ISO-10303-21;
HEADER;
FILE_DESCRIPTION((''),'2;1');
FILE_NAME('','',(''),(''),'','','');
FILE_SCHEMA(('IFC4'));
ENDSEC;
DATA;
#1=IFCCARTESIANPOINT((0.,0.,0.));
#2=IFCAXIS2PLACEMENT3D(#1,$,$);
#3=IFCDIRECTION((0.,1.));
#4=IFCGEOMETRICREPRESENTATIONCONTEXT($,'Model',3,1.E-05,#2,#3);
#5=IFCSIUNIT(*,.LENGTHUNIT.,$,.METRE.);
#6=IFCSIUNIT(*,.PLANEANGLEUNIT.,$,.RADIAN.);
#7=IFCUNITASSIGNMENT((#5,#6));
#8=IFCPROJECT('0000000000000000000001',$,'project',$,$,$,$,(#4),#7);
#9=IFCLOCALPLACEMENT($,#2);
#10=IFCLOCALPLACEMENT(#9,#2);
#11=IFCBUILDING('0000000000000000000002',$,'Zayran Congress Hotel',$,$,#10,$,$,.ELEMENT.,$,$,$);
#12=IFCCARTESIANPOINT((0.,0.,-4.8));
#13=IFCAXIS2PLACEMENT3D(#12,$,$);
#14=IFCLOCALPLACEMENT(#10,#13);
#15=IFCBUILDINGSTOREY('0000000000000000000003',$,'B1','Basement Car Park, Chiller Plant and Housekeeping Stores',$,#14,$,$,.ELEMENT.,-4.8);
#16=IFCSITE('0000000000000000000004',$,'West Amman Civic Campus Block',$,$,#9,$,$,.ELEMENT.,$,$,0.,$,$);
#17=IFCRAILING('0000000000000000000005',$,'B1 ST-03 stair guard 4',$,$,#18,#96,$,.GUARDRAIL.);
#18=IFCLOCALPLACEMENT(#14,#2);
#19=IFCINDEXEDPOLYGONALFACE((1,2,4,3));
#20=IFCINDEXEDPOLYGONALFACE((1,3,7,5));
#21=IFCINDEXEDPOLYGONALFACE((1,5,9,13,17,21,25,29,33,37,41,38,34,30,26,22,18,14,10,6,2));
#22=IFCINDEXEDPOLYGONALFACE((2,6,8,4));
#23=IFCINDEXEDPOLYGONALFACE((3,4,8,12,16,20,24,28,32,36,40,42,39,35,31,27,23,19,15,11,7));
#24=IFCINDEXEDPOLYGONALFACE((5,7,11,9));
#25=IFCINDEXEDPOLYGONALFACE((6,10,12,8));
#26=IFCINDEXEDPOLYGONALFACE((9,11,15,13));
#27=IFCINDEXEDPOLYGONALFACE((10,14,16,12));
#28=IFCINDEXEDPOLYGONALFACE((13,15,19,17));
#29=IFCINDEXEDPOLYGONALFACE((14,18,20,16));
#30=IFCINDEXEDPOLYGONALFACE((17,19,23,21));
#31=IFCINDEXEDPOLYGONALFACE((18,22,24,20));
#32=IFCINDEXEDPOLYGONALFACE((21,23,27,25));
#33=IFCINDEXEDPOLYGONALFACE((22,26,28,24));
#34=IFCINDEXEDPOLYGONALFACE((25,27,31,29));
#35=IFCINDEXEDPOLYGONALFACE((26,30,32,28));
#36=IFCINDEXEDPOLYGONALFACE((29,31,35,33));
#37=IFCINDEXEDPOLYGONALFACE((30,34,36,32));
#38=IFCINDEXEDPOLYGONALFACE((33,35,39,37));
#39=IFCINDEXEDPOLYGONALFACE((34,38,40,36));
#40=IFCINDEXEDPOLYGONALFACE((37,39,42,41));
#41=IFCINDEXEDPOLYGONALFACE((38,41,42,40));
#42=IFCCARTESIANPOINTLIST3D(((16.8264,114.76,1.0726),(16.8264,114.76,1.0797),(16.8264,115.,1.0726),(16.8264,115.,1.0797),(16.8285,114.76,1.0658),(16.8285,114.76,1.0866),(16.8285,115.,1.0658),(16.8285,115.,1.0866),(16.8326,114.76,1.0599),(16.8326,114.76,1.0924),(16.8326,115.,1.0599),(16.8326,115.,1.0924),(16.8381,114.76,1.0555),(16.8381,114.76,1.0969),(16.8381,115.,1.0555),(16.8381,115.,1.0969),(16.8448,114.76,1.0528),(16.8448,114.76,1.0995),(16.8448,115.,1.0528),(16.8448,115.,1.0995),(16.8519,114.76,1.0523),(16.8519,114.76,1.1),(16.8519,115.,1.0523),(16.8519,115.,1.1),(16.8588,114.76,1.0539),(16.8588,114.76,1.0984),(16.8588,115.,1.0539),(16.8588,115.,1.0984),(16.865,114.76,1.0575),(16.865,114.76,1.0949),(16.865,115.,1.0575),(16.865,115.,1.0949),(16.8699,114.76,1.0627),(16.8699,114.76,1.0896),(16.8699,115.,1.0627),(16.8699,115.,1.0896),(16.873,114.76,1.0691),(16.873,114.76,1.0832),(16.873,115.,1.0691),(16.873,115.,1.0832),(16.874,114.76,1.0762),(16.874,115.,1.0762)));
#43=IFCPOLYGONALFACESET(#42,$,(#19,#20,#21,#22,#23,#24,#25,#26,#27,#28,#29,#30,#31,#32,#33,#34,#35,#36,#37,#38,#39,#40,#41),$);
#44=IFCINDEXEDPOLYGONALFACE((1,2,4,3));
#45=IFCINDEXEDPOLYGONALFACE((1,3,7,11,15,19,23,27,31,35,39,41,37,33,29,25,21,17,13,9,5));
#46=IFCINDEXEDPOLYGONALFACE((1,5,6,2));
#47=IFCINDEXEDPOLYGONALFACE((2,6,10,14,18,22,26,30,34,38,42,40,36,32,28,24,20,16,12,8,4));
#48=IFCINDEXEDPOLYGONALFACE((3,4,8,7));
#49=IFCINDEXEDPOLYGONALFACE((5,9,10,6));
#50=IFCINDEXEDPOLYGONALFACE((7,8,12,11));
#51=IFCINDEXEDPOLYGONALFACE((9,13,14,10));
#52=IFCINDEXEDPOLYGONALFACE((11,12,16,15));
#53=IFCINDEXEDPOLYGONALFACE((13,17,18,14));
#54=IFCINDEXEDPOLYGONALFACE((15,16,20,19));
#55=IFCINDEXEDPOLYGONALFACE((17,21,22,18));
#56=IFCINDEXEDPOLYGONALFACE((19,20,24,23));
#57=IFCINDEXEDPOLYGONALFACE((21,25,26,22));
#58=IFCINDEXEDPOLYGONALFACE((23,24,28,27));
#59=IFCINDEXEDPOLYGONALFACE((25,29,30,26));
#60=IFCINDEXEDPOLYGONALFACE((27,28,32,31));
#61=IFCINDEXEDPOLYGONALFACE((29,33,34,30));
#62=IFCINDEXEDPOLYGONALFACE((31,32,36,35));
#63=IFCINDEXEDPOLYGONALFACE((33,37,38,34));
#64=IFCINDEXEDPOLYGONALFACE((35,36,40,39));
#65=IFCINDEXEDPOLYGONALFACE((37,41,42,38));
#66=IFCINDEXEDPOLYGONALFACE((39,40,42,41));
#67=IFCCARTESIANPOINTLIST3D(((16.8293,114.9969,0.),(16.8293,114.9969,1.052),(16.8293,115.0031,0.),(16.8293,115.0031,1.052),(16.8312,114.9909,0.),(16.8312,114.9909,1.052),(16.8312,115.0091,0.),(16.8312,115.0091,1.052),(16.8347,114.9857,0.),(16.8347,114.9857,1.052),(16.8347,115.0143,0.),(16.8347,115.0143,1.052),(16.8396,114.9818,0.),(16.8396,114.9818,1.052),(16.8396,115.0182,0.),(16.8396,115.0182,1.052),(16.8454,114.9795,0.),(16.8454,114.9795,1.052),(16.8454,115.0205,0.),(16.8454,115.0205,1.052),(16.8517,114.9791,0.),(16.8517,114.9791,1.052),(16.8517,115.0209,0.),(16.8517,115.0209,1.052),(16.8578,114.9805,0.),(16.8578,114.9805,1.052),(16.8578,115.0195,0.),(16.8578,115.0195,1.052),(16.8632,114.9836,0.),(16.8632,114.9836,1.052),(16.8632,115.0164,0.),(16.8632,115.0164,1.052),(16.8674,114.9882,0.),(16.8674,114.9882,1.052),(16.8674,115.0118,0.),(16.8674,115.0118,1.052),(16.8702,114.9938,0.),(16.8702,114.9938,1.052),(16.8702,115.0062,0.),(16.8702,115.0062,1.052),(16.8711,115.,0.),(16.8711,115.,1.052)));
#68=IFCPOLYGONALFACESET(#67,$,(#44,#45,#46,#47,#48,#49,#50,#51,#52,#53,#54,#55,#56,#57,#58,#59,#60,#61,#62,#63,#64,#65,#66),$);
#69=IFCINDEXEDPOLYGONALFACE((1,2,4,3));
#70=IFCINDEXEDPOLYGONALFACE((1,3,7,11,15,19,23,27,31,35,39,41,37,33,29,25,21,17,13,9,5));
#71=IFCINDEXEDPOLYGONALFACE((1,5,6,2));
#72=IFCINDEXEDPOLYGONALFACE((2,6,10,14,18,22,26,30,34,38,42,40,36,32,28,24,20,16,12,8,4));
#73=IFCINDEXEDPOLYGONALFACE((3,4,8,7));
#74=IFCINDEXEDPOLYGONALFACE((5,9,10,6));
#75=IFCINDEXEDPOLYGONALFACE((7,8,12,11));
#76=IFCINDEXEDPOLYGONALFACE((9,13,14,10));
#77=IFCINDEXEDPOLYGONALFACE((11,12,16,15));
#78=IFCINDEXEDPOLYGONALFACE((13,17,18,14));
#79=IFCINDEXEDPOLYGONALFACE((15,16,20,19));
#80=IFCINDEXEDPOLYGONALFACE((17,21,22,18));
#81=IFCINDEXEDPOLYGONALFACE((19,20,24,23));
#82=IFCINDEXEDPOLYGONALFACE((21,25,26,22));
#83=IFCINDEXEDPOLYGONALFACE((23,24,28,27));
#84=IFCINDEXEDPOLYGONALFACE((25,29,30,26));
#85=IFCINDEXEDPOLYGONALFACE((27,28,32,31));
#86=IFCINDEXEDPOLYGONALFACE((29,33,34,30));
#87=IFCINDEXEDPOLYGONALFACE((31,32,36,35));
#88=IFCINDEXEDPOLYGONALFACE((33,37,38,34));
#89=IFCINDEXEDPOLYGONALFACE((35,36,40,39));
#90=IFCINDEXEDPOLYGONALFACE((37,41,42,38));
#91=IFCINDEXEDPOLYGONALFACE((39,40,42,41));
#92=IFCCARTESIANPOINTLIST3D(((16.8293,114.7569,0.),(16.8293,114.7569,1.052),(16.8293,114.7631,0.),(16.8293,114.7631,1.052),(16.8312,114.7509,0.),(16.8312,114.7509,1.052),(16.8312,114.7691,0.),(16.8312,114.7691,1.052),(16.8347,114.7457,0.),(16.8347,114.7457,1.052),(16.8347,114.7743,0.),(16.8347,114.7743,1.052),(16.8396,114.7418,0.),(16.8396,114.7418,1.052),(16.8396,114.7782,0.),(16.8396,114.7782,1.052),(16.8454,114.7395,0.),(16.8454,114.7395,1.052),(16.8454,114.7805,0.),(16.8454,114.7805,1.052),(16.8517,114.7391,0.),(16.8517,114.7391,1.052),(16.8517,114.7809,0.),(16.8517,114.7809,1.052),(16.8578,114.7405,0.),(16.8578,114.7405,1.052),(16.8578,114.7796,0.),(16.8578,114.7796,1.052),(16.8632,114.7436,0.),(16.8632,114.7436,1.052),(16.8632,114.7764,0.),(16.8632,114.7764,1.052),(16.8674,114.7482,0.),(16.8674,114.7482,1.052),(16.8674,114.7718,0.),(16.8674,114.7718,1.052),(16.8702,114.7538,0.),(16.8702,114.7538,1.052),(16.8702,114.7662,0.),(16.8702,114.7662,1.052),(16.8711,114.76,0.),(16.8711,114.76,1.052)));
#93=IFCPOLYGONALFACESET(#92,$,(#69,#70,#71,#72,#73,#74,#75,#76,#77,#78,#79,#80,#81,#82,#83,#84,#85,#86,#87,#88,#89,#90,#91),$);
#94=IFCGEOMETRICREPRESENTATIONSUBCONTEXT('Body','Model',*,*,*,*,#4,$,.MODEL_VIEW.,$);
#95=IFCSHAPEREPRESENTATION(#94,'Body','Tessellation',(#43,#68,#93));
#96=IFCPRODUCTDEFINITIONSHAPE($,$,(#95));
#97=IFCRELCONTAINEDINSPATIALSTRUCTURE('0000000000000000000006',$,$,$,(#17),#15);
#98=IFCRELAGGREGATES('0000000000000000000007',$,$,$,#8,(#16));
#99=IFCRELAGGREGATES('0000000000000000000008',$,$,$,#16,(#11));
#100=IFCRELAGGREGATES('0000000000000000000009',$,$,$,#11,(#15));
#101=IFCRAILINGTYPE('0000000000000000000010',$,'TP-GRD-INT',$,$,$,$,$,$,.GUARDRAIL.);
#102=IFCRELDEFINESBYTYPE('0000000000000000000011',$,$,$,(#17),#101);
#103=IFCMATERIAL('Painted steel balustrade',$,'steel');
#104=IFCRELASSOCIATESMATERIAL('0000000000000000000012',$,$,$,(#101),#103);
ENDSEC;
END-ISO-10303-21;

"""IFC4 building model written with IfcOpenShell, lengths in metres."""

from ifc_helpers import new_model, si_unit, direction, frame, origin, origin_2d, place, context, subcontext, project, spatial, circle, extrude, material, type_object, element, save


model = new_model("IFC4")

# Units and contexts
model_context = context("Model", 3, precision=1e-05, world=origin(), true_north=direction((0.0, 1.0)))
body_context = subcontext(model_context, "Body", "Model", "MODEL_VIEW")
ifc_project = project(units=[si_unit("LENGTHUNIT", "METRE"), si_unit("PLANEANGLEUNIT", "RADIAN")], contexts=[model_context])

# Site, building, storey
site_placement = place(None, origin())
site = spatial("IfcSite", under=ifc_project, at=site_placement, Name="West Amman Civic Campus Block", CompositionType="ELEMENT", RefElevation=0.0)
building_placement = place(site_placement, origin())
building = spatial("IfcBuilding", under=site, at=building_placement, Name="Zayran Congress Hotel", CompositionType="ELEMENT")
storey_placement = place(building_placement, frame((0.0, 0.0, -4.8)))
storey = spatial("IfcBuildingStorey", under=building, at=storey_placement, Name="B1", Description="Basement Car Park, Chiller Plant and Housekeeping Stores", CompositionType="ELEMENT", Elevation=-4.8)

# Railing
ifc_material_1 = material(Name="Painted steel balustrade", Category="steel")
railing_type_1 = type_object("IfcRailingType", Name="TP-GRD-INT", PredefinedType="GUARDRAIL", material=ifc_material_1)
railing_1_placement = place(storey_placement, frame((16.8501, 115.0, 0.0)))
element("IfcRailing", 1, at=railing_1_placement, inside=storey, type_object=railing_type_1, Name="B1 ST-03 stair guard 4", PredefinedType="GUARDRAIL", context=body_context, shape_type="SweptSolid", body=[
    extrude(circle(Radius=0.0239, at=origin_2d()), frame((0.0, 0.0, 1.0762), z_axis=(0.0, -1.0, 0.0), x_axis=(1.0, 0.0, 0.0)), (0.0, 0.0, 1.0), 0.24),
    extrude(circle(Radius=0.021, at=origin_2d()), origin(), (0.0, 0.0, 1.0), 1.052),
    extrude(circle(Radius=0.021, at=origin_2d()), frame((0.0, -0.24, 0.0)), (0.0, 0.0, 1.0), 1.052),
])

save(model, "model.ifc")
